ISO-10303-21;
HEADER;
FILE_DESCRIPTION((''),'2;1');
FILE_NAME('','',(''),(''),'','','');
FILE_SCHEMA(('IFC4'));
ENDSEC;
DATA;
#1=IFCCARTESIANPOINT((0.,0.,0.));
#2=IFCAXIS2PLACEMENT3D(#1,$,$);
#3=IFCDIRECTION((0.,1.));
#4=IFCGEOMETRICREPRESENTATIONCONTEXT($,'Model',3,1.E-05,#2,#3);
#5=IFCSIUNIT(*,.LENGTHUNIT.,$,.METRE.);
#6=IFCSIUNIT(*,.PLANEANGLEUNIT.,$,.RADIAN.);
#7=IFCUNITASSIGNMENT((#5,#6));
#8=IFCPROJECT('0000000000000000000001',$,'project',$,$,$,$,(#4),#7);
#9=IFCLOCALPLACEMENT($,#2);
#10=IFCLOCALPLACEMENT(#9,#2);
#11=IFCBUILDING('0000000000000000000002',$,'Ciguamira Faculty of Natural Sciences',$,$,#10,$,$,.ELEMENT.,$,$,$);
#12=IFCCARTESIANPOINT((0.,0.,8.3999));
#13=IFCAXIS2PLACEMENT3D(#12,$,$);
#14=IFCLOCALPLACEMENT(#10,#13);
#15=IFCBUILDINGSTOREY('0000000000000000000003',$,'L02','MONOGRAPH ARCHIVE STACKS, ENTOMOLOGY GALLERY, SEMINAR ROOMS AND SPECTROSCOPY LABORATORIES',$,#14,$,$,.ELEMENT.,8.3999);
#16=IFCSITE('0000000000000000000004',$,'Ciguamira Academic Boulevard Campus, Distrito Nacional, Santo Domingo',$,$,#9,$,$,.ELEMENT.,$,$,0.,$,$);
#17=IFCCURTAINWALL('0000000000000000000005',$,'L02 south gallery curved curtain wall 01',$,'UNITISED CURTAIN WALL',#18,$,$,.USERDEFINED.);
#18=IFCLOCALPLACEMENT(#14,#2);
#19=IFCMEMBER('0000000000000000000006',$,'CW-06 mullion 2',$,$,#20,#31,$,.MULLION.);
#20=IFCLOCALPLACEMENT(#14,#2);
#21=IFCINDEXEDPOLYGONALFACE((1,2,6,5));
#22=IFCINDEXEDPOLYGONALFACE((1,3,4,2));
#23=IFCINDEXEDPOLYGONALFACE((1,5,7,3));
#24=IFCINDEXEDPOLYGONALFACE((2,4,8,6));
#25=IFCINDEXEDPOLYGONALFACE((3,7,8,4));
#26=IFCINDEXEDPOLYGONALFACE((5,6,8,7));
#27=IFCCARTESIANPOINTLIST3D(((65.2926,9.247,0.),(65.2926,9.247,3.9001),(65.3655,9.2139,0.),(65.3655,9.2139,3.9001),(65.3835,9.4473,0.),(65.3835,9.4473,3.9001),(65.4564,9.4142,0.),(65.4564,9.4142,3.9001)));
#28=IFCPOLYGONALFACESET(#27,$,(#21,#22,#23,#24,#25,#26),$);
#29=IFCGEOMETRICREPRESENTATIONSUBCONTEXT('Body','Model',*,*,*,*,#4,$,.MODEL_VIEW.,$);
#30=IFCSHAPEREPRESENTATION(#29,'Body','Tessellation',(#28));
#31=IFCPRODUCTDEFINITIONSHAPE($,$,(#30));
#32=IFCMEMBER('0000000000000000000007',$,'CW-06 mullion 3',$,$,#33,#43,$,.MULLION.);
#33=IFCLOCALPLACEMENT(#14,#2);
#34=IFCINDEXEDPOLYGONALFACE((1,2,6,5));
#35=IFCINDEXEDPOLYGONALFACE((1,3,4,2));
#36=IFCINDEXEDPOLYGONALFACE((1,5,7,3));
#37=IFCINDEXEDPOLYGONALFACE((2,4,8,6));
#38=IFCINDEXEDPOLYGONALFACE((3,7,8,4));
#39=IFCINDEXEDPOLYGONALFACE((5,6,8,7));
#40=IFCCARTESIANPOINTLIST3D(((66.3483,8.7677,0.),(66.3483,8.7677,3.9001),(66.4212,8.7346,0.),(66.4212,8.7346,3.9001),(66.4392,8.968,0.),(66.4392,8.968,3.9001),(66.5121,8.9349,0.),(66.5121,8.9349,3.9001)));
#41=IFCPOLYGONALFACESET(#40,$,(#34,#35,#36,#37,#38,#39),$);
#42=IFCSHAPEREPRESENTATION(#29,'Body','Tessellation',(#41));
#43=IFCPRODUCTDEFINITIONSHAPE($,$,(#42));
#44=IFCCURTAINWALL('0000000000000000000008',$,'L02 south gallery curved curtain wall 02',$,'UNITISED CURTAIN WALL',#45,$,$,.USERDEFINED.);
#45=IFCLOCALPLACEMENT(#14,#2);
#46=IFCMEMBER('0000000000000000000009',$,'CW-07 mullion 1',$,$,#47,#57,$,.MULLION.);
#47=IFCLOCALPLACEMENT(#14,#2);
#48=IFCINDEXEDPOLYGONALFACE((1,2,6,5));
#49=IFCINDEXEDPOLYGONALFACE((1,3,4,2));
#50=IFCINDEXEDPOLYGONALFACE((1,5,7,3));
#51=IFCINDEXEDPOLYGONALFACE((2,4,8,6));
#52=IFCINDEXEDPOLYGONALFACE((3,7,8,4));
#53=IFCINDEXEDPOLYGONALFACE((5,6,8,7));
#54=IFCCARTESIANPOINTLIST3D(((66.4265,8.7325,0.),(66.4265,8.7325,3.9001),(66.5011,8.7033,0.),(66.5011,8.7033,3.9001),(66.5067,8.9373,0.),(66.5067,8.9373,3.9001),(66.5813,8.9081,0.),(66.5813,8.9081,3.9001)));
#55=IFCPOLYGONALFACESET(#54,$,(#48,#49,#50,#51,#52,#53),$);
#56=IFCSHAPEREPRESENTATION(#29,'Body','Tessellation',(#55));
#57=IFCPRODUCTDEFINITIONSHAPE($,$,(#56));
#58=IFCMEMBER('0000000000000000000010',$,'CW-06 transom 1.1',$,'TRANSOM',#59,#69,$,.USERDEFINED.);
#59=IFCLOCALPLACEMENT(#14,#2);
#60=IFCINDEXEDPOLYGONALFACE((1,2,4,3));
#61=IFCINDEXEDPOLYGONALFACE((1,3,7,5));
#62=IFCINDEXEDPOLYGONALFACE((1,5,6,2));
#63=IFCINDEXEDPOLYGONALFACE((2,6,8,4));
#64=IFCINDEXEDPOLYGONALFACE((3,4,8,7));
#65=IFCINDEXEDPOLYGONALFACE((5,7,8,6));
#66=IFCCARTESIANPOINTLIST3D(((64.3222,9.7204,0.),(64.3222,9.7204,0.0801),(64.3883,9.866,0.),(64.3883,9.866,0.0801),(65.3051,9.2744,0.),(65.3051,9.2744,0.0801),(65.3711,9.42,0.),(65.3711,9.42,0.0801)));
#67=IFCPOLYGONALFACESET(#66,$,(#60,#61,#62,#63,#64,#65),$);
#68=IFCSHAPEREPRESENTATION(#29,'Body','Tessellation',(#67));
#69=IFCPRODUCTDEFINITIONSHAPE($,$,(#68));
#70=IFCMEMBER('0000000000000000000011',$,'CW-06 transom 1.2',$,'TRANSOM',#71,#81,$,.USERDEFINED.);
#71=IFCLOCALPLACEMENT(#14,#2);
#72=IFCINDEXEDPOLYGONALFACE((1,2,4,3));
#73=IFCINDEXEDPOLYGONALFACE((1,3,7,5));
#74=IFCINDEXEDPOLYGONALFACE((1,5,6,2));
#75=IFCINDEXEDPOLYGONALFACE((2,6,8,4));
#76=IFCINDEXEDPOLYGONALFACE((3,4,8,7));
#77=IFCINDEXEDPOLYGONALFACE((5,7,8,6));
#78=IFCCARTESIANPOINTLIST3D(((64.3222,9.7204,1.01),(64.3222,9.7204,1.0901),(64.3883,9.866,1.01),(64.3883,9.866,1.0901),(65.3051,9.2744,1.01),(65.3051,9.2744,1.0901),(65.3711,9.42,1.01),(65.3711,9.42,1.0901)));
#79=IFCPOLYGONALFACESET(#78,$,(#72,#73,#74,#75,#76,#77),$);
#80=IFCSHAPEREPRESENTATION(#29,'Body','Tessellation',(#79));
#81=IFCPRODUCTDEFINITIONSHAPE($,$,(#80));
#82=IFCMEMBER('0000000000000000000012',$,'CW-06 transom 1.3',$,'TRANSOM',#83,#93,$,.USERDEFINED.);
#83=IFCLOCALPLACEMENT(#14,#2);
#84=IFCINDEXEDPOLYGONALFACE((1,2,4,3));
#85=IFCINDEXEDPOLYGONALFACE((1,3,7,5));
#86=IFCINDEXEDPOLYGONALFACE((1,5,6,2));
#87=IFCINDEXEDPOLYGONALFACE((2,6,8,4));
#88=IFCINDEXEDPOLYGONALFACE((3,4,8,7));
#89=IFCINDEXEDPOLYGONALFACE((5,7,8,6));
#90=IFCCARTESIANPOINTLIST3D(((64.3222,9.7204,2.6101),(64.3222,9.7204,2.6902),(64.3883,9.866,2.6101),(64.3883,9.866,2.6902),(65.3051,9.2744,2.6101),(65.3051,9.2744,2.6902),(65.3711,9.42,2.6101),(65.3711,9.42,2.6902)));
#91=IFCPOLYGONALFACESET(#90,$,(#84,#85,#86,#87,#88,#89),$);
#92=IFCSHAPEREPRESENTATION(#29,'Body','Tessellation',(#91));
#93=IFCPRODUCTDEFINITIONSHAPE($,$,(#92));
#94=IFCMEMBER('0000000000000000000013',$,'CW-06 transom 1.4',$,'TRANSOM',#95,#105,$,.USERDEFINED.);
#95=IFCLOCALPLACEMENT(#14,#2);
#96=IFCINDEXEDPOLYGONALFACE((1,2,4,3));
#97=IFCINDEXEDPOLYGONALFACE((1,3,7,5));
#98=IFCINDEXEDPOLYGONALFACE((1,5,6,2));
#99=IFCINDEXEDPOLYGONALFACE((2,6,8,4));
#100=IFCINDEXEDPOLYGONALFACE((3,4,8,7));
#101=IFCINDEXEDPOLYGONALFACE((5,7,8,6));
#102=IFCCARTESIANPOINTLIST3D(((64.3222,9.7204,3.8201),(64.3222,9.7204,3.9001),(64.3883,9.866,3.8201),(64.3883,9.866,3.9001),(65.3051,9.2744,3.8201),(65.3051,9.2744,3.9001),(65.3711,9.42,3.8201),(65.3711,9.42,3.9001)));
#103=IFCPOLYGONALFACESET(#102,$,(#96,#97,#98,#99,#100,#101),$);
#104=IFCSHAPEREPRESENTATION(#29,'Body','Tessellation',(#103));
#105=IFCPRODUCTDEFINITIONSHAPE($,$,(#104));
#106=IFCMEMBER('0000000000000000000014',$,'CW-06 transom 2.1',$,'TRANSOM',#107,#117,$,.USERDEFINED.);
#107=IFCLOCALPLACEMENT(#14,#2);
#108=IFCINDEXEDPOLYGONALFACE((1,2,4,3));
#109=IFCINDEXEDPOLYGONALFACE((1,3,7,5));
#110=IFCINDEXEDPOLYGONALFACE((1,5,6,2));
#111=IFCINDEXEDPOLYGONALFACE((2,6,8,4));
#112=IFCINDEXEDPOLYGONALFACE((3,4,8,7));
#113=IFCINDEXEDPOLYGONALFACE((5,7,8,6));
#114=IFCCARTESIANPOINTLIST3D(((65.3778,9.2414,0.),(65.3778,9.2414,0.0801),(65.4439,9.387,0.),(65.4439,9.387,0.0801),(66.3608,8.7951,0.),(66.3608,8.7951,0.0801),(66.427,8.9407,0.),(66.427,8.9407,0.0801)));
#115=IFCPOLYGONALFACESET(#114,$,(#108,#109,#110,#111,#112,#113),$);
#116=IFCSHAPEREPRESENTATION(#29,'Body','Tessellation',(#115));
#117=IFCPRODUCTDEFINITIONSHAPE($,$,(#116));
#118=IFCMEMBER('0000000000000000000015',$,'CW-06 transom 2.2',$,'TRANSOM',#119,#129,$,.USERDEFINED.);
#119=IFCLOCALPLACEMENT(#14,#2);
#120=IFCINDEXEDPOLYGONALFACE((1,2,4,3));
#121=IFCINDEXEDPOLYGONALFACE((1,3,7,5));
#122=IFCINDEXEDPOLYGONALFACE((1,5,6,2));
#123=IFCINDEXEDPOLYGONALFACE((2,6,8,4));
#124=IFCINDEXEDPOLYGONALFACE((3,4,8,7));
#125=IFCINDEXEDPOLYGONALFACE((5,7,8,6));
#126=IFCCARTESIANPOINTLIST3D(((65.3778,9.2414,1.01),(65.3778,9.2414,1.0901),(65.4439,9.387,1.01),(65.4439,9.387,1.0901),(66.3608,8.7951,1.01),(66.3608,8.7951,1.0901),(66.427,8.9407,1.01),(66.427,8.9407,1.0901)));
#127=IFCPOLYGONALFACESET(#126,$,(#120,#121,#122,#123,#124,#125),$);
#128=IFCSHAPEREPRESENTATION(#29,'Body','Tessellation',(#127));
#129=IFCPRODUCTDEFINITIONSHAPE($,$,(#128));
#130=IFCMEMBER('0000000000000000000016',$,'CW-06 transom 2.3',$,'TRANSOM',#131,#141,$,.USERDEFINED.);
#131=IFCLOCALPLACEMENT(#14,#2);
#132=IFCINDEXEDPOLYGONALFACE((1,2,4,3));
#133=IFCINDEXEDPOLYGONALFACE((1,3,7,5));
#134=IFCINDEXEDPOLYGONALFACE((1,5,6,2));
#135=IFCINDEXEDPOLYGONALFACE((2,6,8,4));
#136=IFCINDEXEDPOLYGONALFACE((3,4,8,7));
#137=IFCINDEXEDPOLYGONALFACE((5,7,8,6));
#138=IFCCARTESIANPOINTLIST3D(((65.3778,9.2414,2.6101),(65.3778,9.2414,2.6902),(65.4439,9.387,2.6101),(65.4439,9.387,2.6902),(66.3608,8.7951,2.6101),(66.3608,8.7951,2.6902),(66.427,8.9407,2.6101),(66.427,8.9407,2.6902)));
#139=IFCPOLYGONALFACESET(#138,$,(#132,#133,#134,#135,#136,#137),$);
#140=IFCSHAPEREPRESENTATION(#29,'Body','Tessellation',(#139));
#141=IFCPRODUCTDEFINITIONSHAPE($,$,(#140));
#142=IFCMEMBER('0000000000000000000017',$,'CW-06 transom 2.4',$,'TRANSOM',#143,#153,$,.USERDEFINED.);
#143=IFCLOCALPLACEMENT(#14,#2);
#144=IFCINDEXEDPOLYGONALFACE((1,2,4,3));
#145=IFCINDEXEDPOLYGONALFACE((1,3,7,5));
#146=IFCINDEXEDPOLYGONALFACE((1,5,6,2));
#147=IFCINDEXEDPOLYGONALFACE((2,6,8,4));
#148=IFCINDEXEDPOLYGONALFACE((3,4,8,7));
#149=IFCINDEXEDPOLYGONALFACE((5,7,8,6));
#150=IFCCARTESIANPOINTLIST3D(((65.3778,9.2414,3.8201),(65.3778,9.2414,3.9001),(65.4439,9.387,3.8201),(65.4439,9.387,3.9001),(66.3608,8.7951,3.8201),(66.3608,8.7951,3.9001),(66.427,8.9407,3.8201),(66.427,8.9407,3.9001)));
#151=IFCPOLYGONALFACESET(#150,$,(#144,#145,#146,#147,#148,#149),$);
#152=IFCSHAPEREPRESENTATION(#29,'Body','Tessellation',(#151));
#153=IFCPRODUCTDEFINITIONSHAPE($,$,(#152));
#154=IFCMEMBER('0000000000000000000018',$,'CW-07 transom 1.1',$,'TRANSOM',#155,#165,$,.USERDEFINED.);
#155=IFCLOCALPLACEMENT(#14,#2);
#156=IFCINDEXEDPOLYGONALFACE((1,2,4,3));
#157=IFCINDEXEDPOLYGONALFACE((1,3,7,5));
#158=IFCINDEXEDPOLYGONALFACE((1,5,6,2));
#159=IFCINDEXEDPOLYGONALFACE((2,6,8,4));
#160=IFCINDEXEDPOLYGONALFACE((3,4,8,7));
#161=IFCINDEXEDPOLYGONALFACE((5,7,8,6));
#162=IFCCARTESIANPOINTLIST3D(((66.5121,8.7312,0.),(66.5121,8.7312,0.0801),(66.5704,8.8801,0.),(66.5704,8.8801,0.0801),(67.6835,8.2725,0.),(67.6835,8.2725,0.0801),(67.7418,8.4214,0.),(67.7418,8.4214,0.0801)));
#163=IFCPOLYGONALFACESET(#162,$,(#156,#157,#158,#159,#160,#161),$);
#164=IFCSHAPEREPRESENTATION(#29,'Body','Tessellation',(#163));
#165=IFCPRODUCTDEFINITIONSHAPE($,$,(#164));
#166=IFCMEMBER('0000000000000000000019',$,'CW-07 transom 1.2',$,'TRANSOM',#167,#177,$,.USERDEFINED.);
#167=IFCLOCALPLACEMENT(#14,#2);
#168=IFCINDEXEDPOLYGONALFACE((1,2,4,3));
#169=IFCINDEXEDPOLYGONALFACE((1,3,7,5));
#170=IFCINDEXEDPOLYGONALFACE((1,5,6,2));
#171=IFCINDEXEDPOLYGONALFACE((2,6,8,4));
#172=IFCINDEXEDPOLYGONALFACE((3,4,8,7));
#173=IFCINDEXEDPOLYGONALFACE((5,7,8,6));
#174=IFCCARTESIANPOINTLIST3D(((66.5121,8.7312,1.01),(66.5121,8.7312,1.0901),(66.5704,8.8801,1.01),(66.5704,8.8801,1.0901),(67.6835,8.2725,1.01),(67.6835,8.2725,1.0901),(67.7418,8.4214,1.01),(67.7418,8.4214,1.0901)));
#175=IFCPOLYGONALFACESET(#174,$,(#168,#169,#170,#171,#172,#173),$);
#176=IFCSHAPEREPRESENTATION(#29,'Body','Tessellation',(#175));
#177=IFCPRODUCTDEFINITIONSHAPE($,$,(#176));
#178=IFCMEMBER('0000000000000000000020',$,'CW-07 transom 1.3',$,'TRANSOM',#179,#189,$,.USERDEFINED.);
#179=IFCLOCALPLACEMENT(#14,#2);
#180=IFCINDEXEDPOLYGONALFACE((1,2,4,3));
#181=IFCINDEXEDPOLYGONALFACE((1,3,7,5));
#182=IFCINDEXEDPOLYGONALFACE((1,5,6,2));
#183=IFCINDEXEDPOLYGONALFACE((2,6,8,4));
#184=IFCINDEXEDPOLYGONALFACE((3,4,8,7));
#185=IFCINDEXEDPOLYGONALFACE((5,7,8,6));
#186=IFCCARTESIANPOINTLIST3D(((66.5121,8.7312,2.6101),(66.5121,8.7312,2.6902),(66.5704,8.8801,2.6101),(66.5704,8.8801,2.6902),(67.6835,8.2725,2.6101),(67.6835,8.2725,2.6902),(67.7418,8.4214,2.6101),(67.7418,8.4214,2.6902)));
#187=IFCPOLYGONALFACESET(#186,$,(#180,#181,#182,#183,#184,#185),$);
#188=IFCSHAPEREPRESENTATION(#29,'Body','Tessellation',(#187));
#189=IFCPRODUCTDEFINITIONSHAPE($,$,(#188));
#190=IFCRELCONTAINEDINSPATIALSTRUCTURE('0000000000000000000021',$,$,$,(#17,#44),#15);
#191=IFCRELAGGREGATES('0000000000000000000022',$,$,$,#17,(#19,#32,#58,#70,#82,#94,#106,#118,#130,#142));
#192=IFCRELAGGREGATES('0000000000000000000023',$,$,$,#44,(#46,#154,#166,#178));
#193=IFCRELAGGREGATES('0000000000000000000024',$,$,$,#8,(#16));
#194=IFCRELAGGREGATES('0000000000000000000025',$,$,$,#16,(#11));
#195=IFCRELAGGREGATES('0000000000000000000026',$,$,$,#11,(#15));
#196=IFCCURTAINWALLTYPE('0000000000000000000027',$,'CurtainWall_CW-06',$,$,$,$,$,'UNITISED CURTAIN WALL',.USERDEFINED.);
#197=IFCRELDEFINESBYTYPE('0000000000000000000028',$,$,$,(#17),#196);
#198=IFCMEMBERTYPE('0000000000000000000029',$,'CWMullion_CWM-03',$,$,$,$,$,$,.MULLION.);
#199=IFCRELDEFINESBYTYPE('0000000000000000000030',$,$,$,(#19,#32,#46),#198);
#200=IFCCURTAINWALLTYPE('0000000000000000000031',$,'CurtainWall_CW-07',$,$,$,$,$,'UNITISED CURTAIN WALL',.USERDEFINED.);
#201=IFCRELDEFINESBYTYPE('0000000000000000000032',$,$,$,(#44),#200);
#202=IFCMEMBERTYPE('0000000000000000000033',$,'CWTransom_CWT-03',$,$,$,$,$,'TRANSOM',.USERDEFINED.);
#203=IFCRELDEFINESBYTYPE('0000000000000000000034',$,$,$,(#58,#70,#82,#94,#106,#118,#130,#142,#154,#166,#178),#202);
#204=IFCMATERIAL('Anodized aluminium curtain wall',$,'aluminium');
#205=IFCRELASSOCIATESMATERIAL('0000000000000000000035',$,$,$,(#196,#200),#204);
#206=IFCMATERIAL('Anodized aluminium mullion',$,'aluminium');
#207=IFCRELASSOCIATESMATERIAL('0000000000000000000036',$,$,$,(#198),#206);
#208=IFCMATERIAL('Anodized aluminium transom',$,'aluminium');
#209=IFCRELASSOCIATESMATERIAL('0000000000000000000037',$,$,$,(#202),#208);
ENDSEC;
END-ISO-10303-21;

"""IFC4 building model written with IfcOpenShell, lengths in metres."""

from ifc_helpers import new_model, si_unit, direction, frame, origin, origin_2d, place, context, subcontext, project, spatial, rectangle, extrude, material, material_profile, profile_set, type_object, element, aggregate, save


model = new_model("IFC4")

# Units and contexts
model_context = context("Model", 3, precision=1e-05, world=origin(), true_north=direction((0.0, 1.0)))
body_context = subcontext(model_context, "Body", "Model", "MODEL_VIEW")
ifc_project = project(units=[si_unit("LENGTHUNIT", "METRE"), si_unit("PLANEANGLEUNIT", "RADIAN")], contexts=[model_context])

# Site, building, storey
site_placement = place(None, origin())
site = spatial("IfcSite", under=ifc_project, at=site_placement, Name="Ciguamira Academic Boulevard Campus, Distrito Nacional, Santo Domingo", CompositionType="ELEMENT", RefElevation=0.0)
building_placement = place(site_placement, origin())
building = spatial("IfcBuilding", under=site, at=building_placement, Name="Ciguamira Faculty of Natural Sciences", CompositionType="ELEMENT")
storey_placement = place(building_placement, frame((0.0, 0.0, 8.3999)))
storey = spatial("IfcBuildingStorey", under=building, at=storey_placement, Name="L02", Description="MONOGRAPH ARCHIVE STACKS, ENTOMOLOGY GALLERY, SEMINAR ROOMS AND SPECTROSCOPY LABORATORIES", CompositionType="ELEMENT", Elevation=8.3999)

# Curtain wall, members
ifc_material_1 = material(Name="Anodized aluminium curtain wall", Category="aluminium")
curtain_wall_type_1 = type_object("IfcCurtainWallType", Name="CurtainWall_CW-06", ElementType="UNITISED CURTAIN WALL", PredefinedType="USERDEFINED", material=ifc_material_1)
curtain_wall_1_placement = place(storey_placement, origin())
curtain_wall_1 = element("IfcCurtainWall", 1, at=curtain_wall_1_placement, inside=storey, type_object=curtain_wall_type_1, Name="L02 south gallery curved curtain wall 01", ObjectType="UNITISED CURTAIN WALL", PredefinedType="USERDEFINED")
ifc_material_2 = material(Name="Anodized aluminium mullion", Category="aluminium")
ifc_material_profile_1 = material_profile(ifc_material_2, rectangle(XDim=0.0801, YDim=0.22, at=origin_2d()), Name="ALU-MUL-80X220")
ifc_profile_set_1 = profile_set([ifc_material_profile_1], Name="Anodized aluminium mullion")
member_type_1 = type_object("IfcMemberType", Name="CWMullion_CWM-03", PredefinedType="MULLION", material=ifc_profile_set_1)
member_1_placement = place(storey_placement, frame((65.3745, 9.3306, 0.0), z_axis=(0.0, 0.0, 1.0), x_axis=(0.910581, -0.413332, 0.0)))
member_1 = element("IfcMember", 2, at=member_1_placement, type_object=member_type_1, Name="CW-06 mullion 2", PredefinedType="MULLION", context=body_context, shape_type="SweptSolid", body=[
    extrude(rectangle(XDim=0.0801, YDim=0.22, at=origin_2d()), origin(), (0.0, 0.0, 1.0), 3.9001),
])
member_2_placement = place(storey_placement, frame((66.4302, 8.8513, 0.0), z_axis=(0.0, 0.0, 1.0), x_axis=(0.910581, -0.413332, 0.0)))
member_2 = element("IfcMember", 3, at=member_2_placement, type_object=member_type_1, Name="CW-06 mullion 3", PredefinedType="MULLION", context=body_context, shape_type="SweptSolid", body=[
    extrude(rectangle(XDim=0.0801, YDim=0.22, at=origin_2d()), origin(), (0.0, 0.0, 1.0), 3.9001),
])

# Curtain wall, member
curtain_wall_type_2 = type_object("IfcCurtainWallType", Name="CurtainWall_CW-07", ElementType="UNITISED CURTAIN WALL", PredefinedType="USERDEFINED", material=ifc_material_1)
curtain_wall_2_placement = place(storey_placement, origin())
curtain_wall_2 = element("IfcCurtainWall", 4, at=curtain_wall_2_placement, inside=storey, type_object=curtain_wall_type_2, Name="L02 south gallery curved curtain wall 02", ObjectType="UNITISED CURTAIN WALL", PredefinedType="USERDEFINED")
member_3_placement = place(storey_placement, frame((66.5039, 8.8203, 0.0), z_axis=(0.0, 0.0, 1.0), x_axis=(0.931122, -0.364707, 0.0)))
member_3 = element("IfcMember", 5, at=member_3_placement, type_object=member_type_1, Name="CW-07 mullion 1", PredefinedType="MULLION", context=body_context, shape_type="SweptSolid", body=[
    extrude(rectangle(XDim=0.0801, YDim=0.22, at=origin_2d()), origin(), (0.0, 0.0, 1.0), 3.9001),
])

# Members
ifc_material_3 = material(Name="Anodized aluminium transom", Category="aluminium")
ifc_material_profile_2 = material_profile(ifc_material_3, rectangle(XDim=0.0801, YDim=0.1599, at=origin_2d()), Name="ALU-TRN-80X160")
ifc_profile_set_2 = profile_set([ifc_material_profile_2], Name="Anodized aluminium transom")
member_type_2 = type_object("IfcMemberType", Name="CWTransom_CWT-03", ElementType="TRANSOM", PredefinedType="USERDEFINED", material=ifc_profile_set_2)
member_4_placement = place(storey_placement, frame((64.3552, 9.7932, 0.04), z_axis=(0.910622, -0.413241, 0.0), x_axis=(0.0, 0.0, 1.0)))
member_4 = element("IfcMember", 6, at=member_4_placement, type_object=member_type_2, Name="CW-06 transom 1.1", ObjectType="TRANSOM", PredefinedType="USERDEFINED", context=body_context, shape_type="SweptSolid", body=[
    extrude(rectangle(XDim=0.0801, YDim=0.1599, at=origin_2d()), origin(), (0.0, 0.0, 1.0), 1.0793),
])
member_5_placement = place(storey_placement, frame((64.3552, 9.7932, 1.05), z_axis=(0.910622, -0.413241, 0.0), x_axis=(0.0, 0.0, 1.0)))
member_5 = element("IfcMember", 7, at=member_5_placement, type_object=member_type_2, Name="CW-06 transom 1.2", ObjectType="TRANSOM", PredefinedType="USERDEFINED", context=body_context, shape_type="SweptSolid", body=[
    extrude(rectangle(XDim=0.0801, YDim=0.1599, at=origin_2d()), origin(), (0.0, 0.0, 1.0), 1.0793),
])
member_6_placement = place(storey_placement, frame((64.3552, 9.7932, 2.6501), z_axis=(0.910622, -0.413241, 0.0), x_axis=(0.0, 0.0, 1.0)))
member_6 = element("IfcMember", 8, at=member_6_placement, type_object=member_type_2, Name="CW-06 transom 1.3", ObjectType="TRANSOM", PredefinedType="USERDEFINED", context=body_context, shape_type="SweptSolid", body=[
    extrude(rectangle(XDim=0.0801, YDim=0.1599, at=origin_2d()), origin(), (0.0, 0.0, 1.0), 1.0793),
])
member_7_placement = place(storey_placement, frame((64.3552, 9.7932, 3.8601), z_axis=(0.910622, -0.413241, 0.0), x_axis=(0.0, 0.0, 1.0)))
member_7 = element("IfcMember", 9, at=member_7_placement, type_object=member_type_2, Name="CW-06 transom 1.4", ObjectType="TRANSOM", PredefinedType="USERDEFINED", context=body_context, shape_type="SweptSolid", body=[
    extrude(rectangle(XDim=0.0801, YDim=0.1599, at=origin_2d()), origin(), (0.0, 0.0, 1.0), 1.0793),
])
member_8_placement = place(storey_placement, frame((65.4109, 9.3142, 0.04), z_axis=(0.910537, -0.413428, 0.0), x_axis=(0.0, 0.0, 1.0)))
member_8 = element("IfcMember", 10, at=member_8_placement, type_object=member_type_2, Name="CW-06 transom 2.1", ObjectType="TRANSOM", PredefinedType="USERDEFINED", context=body_context, shape_type="SweptSolid", body=[
    extrude(rectangle(XDim=0.0801, YDim=0.1599, at=origin_2d()), origin(), (0.0, 0.0, 1.0), 1.0796),
])
member_9_placement = place(storey_placement, frame((65.4109, 9.3142, 1.05), z_axis=(0.910537, -0.413428, 0.0), x_axis=(0.0, 0.0, 1.0)))
member_9 = element("IfcMember", 11, at=member_9_placement, type_object=member_type_2, Name="CW-06 transom 2.2", ObjectType="TRANSOM", PredefinedType="USERDEFINED", context=body_context, shape_type="SweptSolid", body=[
    extrude(rectangle(XDim=0.0801, YDim=0.1599, at=origin_2d()), origin(), (0.0, 0.0, 1.0), 1.0796),
])
member_10_placement = place(storey_placement, frame((65.4109, 9.3142, 2.6501), z_axis=(0.910537, -0.413428, 0.0), x_axis=(0.0, 0.0, 1.0)))
member_10 = element("IfcMember", 12, at=member_10_placement, type_object=member_type_2, Name="CW-06 transom 2.3", ObjectType="TRANSOM", PredefinedType="USERDEFINED", context=body_context, shape_type="SweptSolid", body=[
    extrude(rectangle(XDim=0.0801, YDim=0.1599, at=origin_2d()), origin(), (0.0, 0.0, 1.0), 1.0796),
])
member_11_placement = place(storey_placement, frame((65.4109, 9.3142, 3.8601), z_axis=(0.910537, -0.413428, 0.0), x_axis=(0.0, 0.0, 1.0)))
member_11 = element("IfcMember", 13, at=member_11_placement, type_object=member_type_2, Name="CW-06 transom 2.4", ObjectType="TRANSOM", PredefinedType="USERDEFINED", context=body_context, shape_type="SweptSolid", body=[
    extrude(rectangle(XDim=0.0801, YDim=0.1599, at=origin_2d()), origin(), (0.0, 0.0, 1.0), 1.0796),
])
member_12_placement = place(storey_placement, frame((66.5413, 8.8057, 0.04), z_axis=(0.931143, -0.364655, 0.0), x_axis=(0.0, 0.0, 1.0)))
member_12 = element("IfcMember", 14, at=member_12_placement, type_object=member_type_2, Name="CW-07 transom 1.1", ObjectType="TRANSOM", PredefinedType="USERDEFINED", context=body_context, shape_type="SweptSolid", body=[
    extrude(rectangle(XDim=0.0801, YDim=0.1599, at=origin_2d()), origin(), (0.0, 0.0, 1.0), 1.2581),
])
member_13_placement = place(storey_placement, frame((66.5413, 8.8057, 1.05), z_axis=(0.931143, -0.364655, 0.0), x_axis=(0.0, 0.0, 1.0)))
member_13 = element("IfcMember", 15, at=member_13_placement, type_object=member_type_2, Name="CW-07 transom 1.2", ObjectType="TRANSOM", PredefinedType="USERDEFINED", context=body_context, shape_type="SweptSolid", body=[
    extrude(rectangle(XDim=0.0801, YDim=0.1599, at=origin_2d()), origin(), (0.0, 0.0, 1.0), 1.2581),
])
member_14_placement = place(storey_placement, frame((66.5413, 8.8057, 2.6501), z_axis=(0.931143, -0.364655, 0.0), x_axis=(0.0, 0.0, 1.0)))
member_14 = element("IfcMember", 16, at=member_14_placement, type_object=member_type_2, Name="CW-07 transom 1.3", ObjectType="TRANSOM", PredefinedType="USERDEFINED", context=body_context, shape_type="SweptSolid", body=[
    extrude(rectangle(XDim=0.0801, YDim=0.1599, at=origin_2d()), origin(), (0.0, 0.0, 1.0), 1.2581),
])

aggregate(curtain_wall_1, [member_1, member_2, member_4, member_5, member_6, member_7, member_8, member_9, member_10, member_11])
aggregate(curtain_wall_2, [member_3, member_12, member_13, member_14])

save(model, "model.ifc")
